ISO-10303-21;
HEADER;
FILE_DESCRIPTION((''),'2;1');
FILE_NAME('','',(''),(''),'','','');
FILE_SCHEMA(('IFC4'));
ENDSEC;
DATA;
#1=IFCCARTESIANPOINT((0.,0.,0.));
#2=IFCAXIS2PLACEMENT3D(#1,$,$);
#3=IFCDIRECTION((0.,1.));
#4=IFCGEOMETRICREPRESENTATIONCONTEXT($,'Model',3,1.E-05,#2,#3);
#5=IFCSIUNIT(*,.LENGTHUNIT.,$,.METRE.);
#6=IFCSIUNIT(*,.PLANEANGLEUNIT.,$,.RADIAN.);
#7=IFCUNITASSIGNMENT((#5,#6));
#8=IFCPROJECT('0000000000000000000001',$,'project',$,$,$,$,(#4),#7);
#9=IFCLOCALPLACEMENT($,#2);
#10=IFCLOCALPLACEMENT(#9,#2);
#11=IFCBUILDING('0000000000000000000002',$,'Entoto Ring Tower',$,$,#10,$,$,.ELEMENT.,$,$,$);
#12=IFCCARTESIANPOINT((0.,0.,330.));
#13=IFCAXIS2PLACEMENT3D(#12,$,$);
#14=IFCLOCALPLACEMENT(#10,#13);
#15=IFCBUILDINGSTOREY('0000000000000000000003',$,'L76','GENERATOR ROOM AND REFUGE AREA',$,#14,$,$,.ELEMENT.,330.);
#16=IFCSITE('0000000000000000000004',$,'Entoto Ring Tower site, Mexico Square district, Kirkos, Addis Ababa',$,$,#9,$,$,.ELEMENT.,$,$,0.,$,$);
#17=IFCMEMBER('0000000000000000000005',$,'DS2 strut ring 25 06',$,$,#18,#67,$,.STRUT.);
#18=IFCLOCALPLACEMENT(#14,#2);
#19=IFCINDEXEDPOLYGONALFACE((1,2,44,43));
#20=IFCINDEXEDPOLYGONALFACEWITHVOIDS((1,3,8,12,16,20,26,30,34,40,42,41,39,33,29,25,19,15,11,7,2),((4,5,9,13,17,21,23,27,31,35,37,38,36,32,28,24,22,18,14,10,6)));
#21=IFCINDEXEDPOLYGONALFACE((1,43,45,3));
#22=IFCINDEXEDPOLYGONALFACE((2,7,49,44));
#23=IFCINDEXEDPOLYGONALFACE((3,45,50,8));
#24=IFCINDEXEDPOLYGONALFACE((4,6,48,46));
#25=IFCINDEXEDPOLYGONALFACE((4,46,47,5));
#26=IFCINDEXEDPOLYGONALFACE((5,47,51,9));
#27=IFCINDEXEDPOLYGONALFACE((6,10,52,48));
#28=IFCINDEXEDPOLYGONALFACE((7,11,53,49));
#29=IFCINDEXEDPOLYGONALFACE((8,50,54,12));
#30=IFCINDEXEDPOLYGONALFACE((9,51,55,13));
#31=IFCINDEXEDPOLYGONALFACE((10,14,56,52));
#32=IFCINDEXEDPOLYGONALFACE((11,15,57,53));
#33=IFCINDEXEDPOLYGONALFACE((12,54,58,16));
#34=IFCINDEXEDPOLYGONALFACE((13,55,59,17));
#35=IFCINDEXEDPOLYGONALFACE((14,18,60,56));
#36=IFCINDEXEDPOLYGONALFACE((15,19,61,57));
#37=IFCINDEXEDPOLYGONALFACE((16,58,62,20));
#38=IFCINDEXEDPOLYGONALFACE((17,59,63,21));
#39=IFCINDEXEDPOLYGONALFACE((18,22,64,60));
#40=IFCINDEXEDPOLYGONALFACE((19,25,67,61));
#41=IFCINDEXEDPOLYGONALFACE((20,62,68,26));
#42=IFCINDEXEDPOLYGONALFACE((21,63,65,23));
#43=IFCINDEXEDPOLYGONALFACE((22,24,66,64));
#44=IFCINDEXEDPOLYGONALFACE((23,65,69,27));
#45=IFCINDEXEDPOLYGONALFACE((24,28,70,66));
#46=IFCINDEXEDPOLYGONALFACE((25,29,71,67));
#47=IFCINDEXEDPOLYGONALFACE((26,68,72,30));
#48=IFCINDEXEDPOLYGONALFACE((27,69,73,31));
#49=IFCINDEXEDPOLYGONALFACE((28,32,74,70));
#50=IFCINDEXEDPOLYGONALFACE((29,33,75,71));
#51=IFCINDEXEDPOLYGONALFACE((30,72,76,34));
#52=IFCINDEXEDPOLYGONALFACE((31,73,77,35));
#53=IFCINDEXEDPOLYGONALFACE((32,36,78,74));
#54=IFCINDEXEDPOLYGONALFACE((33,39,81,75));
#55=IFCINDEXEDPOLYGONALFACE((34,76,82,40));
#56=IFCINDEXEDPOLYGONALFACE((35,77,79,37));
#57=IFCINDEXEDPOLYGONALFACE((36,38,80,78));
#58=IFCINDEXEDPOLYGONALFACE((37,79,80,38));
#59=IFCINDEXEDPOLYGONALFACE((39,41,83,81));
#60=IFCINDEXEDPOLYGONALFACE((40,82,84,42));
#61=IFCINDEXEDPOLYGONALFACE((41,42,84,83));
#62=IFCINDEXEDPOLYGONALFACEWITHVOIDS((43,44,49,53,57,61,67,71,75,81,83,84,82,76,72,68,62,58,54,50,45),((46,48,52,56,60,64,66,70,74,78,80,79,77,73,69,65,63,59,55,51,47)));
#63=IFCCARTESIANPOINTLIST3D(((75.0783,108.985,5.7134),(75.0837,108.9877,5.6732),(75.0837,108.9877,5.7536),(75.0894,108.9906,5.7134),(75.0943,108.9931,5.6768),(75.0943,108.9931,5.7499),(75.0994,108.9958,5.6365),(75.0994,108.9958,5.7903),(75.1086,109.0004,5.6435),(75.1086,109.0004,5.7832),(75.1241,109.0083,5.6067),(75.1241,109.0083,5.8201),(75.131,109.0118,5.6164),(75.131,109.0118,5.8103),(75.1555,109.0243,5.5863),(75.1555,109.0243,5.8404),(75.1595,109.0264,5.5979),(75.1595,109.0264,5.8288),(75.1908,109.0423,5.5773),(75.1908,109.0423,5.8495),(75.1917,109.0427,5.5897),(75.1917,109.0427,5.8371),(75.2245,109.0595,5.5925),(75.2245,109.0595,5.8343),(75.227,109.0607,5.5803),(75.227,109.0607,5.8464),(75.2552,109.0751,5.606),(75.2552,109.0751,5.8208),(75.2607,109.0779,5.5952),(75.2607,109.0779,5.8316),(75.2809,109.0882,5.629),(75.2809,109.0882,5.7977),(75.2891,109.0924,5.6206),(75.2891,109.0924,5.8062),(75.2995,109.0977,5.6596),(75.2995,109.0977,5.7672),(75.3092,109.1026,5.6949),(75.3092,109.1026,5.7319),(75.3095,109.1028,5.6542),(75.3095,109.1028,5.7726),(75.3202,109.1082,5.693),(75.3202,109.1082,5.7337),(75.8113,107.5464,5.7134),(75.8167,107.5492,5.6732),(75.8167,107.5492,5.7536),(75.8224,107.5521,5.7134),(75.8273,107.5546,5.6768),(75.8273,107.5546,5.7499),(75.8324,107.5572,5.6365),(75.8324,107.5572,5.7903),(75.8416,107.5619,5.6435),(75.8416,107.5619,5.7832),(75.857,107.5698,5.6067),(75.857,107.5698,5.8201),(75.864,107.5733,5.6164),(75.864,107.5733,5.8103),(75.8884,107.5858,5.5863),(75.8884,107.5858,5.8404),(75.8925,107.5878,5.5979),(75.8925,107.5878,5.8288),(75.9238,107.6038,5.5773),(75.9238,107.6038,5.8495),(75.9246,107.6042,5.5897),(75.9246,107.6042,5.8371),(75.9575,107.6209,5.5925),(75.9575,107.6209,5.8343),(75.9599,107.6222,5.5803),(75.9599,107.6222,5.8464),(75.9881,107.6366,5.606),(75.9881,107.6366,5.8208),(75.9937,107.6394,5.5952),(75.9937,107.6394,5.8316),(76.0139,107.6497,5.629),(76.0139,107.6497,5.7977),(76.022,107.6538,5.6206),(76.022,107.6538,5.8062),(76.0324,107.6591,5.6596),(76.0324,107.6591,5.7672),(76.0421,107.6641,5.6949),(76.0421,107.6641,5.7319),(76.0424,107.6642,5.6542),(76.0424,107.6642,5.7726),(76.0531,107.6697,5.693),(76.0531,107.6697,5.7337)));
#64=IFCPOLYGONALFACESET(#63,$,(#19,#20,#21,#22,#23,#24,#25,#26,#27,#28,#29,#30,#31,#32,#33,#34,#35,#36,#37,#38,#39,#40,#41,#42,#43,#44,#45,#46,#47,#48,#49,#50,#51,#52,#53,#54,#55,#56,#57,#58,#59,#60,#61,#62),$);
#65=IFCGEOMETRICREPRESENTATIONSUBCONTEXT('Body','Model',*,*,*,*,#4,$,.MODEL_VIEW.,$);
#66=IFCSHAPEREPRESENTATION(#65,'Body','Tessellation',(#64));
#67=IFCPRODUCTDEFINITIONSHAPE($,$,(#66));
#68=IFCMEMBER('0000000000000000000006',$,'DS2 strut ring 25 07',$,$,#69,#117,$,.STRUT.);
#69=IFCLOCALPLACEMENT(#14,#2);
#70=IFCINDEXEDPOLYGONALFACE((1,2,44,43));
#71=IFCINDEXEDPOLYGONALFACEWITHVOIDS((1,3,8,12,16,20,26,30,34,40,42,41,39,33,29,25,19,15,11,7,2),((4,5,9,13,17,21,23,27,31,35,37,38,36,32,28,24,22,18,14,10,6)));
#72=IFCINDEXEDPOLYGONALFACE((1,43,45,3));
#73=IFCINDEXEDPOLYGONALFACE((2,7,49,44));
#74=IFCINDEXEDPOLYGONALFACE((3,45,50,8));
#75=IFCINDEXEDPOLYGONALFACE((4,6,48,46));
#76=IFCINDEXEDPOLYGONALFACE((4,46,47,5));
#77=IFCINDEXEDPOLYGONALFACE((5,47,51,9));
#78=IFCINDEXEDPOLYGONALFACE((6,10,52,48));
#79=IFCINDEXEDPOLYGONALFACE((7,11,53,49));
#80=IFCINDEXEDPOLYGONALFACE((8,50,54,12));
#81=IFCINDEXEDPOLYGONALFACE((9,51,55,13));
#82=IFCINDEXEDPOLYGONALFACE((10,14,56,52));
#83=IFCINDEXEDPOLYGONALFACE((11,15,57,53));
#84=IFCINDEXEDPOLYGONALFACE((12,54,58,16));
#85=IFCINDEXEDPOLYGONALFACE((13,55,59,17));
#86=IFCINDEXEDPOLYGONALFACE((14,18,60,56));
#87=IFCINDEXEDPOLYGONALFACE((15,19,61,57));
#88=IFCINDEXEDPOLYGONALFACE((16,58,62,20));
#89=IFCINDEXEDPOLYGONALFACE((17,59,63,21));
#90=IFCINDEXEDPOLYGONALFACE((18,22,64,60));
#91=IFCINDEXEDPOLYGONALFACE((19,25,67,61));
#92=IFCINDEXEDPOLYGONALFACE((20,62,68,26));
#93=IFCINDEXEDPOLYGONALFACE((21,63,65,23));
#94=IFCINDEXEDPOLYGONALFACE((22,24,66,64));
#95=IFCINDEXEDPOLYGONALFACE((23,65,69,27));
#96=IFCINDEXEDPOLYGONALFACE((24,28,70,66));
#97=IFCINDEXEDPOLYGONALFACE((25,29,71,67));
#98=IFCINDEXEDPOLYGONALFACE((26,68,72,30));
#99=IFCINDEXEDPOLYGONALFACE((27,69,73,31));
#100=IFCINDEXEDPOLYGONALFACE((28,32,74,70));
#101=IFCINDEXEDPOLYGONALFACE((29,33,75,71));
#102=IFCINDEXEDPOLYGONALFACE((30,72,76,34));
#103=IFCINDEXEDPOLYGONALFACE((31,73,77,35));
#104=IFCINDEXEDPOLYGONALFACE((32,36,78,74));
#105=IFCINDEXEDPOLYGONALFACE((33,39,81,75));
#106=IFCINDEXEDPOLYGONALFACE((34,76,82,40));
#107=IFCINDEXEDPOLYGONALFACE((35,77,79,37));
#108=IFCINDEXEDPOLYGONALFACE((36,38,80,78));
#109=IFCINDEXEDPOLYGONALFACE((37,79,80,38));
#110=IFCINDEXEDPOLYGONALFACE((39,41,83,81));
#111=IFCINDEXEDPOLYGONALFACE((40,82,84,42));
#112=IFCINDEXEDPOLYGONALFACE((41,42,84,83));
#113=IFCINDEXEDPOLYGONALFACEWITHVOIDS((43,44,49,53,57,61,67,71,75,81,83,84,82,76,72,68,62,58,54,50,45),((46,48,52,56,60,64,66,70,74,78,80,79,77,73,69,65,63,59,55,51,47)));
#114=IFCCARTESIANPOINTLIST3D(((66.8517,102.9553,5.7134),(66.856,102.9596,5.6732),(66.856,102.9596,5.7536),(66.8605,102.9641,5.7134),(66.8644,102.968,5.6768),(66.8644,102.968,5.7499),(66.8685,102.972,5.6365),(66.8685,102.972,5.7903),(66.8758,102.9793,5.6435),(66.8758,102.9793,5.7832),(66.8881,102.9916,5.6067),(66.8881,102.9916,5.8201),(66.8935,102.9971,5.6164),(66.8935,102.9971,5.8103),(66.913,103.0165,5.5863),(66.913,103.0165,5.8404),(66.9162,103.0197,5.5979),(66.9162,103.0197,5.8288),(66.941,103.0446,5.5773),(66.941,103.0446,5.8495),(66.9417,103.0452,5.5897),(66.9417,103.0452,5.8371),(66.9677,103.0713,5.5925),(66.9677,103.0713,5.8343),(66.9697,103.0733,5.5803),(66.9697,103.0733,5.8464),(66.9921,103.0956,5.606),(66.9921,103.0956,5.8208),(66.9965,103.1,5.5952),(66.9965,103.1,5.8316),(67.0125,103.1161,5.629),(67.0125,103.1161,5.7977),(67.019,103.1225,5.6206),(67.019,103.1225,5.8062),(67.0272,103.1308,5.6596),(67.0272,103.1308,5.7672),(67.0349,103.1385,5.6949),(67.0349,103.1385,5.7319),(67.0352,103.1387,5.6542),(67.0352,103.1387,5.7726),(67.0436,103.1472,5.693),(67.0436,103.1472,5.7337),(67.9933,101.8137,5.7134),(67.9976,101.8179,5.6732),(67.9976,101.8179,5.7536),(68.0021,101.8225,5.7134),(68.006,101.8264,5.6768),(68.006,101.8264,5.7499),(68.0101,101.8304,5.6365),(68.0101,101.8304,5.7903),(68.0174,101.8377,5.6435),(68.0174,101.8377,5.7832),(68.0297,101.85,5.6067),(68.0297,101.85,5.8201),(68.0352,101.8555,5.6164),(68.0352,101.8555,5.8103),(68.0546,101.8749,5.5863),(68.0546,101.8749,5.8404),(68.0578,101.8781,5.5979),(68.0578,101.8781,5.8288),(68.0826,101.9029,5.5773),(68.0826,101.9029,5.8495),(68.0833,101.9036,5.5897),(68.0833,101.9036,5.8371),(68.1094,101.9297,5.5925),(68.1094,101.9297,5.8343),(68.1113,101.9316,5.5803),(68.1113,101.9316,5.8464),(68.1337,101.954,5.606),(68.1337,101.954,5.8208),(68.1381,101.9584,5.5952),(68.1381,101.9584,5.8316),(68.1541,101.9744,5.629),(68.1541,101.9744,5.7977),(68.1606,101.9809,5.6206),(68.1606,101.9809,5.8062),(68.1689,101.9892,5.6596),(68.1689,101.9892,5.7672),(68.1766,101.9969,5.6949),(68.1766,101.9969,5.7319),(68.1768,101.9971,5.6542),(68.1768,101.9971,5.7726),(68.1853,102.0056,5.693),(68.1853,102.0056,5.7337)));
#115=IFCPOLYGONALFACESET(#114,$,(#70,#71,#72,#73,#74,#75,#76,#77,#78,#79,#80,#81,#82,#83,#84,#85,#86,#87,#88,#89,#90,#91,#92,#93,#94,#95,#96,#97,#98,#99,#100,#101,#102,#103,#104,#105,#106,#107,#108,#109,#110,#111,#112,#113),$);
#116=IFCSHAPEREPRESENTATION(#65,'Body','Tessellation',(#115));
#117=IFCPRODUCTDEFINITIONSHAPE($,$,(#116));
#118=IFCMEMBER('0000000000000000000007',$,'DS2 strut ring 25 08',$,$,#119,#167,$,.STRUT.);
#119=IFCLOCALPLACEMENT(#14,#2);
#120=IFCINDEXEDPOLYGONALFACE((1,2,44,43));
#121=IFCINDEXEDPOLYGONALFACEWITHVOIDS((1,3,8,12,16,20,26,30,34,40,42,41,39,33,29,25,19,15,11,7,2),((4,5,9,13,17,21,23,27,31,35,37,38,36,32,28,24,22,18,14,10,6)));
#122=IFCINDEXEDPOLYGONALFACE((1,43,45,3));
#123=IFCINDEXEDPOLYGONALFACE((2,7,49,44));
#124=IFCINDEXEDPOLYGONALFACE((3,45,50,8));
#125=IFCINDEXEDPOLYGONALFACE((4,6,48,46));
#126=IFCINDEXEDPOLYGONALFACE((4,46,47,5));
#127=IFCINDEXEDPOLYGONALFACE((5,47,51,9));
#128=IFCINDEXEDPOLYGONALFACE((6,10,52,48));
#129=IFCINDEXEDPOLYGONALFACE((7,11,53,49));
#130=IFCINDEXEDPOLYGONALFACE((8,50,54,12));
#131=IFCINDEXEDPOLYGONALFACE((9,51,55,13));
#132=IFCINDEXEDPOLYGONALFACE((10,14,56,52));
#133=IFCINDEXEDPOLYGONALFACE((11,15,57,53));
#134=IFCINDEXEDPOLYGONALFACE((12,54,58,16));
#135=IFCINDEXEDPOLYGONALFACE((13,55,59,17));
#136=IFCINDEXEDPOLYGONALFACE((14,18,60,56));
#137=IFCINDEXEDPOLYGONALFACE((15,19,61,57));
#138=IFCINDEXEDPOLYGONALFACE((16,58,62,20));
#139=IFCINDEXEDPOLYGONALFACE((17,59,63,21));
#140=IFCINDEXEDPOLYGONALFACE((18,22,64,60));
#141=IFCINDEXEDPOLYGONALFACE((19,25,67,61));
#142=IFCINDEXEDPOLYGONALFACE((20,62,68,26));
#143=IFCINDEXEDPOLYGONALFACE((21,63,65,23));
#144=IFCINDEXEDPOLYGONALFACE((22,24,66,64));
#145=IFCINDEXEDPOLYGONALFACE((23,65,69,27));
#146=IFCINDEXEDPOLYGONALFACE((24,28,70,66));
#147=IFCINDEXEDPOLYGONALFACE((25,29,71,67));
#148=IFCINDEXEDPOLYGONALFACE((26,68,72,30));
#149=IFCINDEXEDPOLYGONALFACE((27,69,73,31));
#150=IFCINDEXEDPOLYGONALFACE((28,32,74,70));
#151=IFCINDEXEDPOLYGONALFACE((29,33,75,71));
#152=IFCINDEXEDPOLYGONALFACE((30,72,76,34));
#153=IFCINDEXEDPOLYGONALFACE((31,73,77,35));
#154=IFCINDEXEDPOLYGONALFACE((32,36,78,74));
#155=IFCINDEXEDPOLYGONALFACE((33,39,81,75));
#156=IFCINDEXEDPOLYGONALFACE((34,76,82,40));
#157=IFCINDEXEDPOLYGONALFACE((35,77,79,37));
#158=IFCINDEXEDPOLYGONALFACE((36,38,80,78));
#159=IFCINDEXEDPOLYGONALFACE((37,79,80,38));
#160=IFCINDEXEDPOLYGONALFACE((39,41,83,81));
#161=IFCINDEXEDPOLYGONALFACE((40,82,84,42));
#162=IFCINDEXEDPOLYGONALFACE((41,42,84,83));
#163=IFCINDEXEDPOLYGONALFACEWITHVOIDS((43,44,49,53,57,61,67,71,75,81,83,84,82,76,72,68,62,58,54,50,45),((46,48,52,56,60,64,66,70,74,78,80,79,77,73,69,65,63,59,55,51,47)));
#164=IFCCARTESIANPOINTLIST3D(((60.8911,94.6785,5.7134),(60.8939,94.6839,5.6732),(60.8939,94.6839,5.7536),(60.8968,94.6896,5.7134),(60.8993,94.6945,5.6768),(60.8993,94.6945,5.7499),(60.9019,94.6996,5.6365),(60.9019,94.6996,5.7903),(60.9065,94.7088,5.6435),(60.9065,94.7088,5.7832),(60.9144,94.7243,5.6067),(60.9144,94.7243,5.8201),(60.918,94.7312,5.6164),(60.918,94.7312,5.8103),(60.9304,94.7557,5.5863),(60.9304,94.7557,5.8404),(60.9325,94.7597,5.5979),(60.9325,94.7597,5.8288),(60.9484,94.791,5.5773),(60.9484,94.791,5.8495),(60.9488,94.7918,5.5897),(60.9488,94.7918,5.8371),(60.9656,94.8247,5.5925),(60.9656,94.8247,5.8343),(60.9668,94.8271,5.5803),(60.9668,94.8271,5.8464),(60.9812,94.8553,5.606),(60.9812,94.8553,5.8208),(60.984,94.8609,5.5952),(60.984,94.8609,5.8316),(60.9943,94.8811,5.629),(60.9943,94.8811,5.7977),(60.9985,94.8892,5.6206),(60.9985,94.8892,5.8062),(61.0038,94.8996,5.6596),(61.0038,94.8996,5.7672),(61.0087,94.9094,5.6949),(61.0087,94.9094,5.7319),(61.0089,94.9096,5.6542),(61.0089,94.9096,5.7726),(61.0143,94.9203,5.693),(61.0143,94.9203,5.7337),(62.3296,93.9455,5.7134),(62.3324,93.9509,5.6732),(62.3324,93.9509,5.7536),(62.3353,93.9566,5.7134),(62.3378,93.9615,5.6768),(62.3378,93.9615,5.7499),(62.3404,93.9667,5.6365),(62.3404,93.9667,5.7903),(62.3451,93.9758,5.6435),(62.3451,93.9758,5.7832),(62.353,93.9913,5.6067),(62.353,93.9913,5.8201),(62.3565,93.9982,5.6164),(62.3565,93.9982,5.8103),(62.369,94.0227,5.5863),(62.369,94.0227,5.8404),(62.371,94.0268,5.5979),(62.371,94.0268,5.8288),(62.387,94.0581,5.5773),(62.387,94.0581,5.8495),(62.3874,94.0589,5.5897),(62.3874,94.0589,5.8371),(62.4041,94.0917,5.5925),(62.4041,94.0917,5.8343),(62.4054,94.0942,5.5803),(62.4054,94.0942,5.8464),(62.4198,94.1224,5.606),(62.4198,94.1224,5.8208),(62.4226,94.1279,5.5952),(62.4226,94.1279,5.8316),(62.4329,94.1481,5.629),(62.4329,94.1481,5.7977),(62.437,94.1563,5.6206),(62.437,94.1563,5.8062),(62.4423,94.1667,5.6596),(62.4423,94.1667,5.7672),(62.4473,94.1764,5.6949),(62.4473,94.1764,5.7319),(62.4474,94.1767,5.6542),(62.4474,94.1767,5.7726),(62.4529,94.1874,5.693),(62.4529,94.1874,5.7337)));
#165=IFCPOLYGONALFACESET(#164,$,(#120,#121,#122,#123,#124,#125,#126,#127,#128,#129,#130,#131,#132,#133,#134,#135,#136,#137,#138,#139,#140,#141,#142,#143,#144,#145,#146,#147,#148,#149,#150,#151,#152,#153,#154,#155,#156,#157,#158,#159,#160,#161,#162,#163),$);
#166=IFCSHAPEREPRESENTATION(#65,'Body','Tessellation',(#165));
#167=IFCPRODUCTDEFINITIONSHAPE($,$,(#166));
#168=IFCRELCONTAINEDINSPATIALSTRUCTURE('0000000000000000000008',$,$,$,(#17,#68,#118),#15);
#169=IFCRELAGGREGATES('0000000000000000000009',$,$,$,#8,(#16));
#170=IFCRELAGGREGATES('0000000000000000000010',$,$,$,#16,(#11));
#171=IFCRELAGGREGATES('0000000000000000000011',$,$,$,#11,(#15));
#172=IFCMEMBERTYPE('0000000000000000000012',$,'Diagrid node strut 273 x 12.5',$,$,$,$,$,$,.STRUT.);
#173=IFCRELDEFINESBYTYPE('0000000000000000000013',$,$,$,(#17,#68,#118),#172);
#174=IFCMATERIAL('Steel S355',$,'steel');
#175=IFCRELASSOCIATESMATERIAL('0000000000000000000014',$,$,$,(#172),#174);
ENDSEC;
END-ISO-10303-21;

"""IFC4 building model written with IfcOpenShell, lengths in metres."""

from ifc_helpers import new_model, si_unit, direction, frame, origin, origin_2d, place, context, subcontext, project, spatial, circle, hollow_circle, extrude, material, material_profile, profile_set, type_object, element, save


model = new_model("IFC4")

# Units and contexts
model_context = context("Model", 3, precision=1e-05, world=origin(), true_north=direction((0.0, 1.0)))
body_context = subcontext(model_context, "Body", "Model", "MODEL_VIEW")
ifc_project = project(units=[si_unit("LENGTHUNIT", "METRE"), si_unit("PLANEANGLEUNIT", "RADIAN")], contexts=[model_context])

# Site, building, storey
site_placement = place(None, origin())
site = spatial("IfcSite", under=ifc_project, at=site_placement, Name="Entoto Ring Tower site, Mexico Square district, Kirkos, Addis Ababa", CompositionType="ELEMENT", RefElevation=0.0)
building_placement = place(site_placement, origin())
building = spatial("IfcBuilding", under=site, at=building_placement, Name="Entoto Ring Tower", CompositionType="ELEMENT")
storey_placement = place(building_placement, frame((0.0, 0.0, 330.0)))
storey = spatial("IfcBuildingStorey", under=building, at=storey_placement, Name="L76", Description="GENERATOR ROOM AND REFUGE AREA", CompositionType="ELEMENT", Elevation=330.0)

# Members
ifc_material_1 = material(Name="Steel S355", Category="steel")
ifc_material_profile_1 = material_profile(ifc_material_1, hollow_circle(Radius=0.1365, WallThickness=0.0125, at=origin_2d()), Name="CHS 273 x 12.5")
ifc_material_2 = material(Name="Concrete C60/75", Category="concrete")
ifc_material_profile_2 = material_profile(ifc_material_2, circle(Radius=0.124, at=origin_2d()), Name="Concrete C60/75 infill")
ifc_profile_set_1 = profile_set([ifc_material_profile_1, ifc_material_profile_2], Name="Steel S355")
member_type_1 = type_object("IfcMemberType", Name="Diagrid node strut 273 x 12.5", PredefinedType="STRUT", material=ifc_profile_set_1)
for number, where, z_axis, x_axis, name in (
    (1, (75.9329, 107.6084, 5.7134), (-0.453976, 0.891014, 0.0), (-0.891014, -0.453976, 0.0), "DS2 strut ring 25 06"),
    (2, (68.0898, 101.9102, 5.7134), (-0.707107, 0.707107, 0.0), (-0.707107, -0.707107, 0.0), "DS2 strut ring 25 07"),
    (3, (62.3916, 94.0671, 5.7134), (-0.891014, 0.453976, 0.0), (-0.453976, -0.891014, 0.0), "DS2 strut ring 25 08"),
):
    element("IfcMember", number, at=place(storey_placement, frame(where, z_axis=z_axis, x_axis=x_axis)), inside=storey, type_object=member_type_1, Name=name, PredefinedType="STRUT", context=body_context, shape_type="SweptSolid", body=[
        extrude(hollow_circle(Radius=0.1365, WallThickness=0.0125, at=origin_2d()), origin(), (0.0, 0.0, 1.0), 1.6145),
    ])

save(model, "model.ifc")
